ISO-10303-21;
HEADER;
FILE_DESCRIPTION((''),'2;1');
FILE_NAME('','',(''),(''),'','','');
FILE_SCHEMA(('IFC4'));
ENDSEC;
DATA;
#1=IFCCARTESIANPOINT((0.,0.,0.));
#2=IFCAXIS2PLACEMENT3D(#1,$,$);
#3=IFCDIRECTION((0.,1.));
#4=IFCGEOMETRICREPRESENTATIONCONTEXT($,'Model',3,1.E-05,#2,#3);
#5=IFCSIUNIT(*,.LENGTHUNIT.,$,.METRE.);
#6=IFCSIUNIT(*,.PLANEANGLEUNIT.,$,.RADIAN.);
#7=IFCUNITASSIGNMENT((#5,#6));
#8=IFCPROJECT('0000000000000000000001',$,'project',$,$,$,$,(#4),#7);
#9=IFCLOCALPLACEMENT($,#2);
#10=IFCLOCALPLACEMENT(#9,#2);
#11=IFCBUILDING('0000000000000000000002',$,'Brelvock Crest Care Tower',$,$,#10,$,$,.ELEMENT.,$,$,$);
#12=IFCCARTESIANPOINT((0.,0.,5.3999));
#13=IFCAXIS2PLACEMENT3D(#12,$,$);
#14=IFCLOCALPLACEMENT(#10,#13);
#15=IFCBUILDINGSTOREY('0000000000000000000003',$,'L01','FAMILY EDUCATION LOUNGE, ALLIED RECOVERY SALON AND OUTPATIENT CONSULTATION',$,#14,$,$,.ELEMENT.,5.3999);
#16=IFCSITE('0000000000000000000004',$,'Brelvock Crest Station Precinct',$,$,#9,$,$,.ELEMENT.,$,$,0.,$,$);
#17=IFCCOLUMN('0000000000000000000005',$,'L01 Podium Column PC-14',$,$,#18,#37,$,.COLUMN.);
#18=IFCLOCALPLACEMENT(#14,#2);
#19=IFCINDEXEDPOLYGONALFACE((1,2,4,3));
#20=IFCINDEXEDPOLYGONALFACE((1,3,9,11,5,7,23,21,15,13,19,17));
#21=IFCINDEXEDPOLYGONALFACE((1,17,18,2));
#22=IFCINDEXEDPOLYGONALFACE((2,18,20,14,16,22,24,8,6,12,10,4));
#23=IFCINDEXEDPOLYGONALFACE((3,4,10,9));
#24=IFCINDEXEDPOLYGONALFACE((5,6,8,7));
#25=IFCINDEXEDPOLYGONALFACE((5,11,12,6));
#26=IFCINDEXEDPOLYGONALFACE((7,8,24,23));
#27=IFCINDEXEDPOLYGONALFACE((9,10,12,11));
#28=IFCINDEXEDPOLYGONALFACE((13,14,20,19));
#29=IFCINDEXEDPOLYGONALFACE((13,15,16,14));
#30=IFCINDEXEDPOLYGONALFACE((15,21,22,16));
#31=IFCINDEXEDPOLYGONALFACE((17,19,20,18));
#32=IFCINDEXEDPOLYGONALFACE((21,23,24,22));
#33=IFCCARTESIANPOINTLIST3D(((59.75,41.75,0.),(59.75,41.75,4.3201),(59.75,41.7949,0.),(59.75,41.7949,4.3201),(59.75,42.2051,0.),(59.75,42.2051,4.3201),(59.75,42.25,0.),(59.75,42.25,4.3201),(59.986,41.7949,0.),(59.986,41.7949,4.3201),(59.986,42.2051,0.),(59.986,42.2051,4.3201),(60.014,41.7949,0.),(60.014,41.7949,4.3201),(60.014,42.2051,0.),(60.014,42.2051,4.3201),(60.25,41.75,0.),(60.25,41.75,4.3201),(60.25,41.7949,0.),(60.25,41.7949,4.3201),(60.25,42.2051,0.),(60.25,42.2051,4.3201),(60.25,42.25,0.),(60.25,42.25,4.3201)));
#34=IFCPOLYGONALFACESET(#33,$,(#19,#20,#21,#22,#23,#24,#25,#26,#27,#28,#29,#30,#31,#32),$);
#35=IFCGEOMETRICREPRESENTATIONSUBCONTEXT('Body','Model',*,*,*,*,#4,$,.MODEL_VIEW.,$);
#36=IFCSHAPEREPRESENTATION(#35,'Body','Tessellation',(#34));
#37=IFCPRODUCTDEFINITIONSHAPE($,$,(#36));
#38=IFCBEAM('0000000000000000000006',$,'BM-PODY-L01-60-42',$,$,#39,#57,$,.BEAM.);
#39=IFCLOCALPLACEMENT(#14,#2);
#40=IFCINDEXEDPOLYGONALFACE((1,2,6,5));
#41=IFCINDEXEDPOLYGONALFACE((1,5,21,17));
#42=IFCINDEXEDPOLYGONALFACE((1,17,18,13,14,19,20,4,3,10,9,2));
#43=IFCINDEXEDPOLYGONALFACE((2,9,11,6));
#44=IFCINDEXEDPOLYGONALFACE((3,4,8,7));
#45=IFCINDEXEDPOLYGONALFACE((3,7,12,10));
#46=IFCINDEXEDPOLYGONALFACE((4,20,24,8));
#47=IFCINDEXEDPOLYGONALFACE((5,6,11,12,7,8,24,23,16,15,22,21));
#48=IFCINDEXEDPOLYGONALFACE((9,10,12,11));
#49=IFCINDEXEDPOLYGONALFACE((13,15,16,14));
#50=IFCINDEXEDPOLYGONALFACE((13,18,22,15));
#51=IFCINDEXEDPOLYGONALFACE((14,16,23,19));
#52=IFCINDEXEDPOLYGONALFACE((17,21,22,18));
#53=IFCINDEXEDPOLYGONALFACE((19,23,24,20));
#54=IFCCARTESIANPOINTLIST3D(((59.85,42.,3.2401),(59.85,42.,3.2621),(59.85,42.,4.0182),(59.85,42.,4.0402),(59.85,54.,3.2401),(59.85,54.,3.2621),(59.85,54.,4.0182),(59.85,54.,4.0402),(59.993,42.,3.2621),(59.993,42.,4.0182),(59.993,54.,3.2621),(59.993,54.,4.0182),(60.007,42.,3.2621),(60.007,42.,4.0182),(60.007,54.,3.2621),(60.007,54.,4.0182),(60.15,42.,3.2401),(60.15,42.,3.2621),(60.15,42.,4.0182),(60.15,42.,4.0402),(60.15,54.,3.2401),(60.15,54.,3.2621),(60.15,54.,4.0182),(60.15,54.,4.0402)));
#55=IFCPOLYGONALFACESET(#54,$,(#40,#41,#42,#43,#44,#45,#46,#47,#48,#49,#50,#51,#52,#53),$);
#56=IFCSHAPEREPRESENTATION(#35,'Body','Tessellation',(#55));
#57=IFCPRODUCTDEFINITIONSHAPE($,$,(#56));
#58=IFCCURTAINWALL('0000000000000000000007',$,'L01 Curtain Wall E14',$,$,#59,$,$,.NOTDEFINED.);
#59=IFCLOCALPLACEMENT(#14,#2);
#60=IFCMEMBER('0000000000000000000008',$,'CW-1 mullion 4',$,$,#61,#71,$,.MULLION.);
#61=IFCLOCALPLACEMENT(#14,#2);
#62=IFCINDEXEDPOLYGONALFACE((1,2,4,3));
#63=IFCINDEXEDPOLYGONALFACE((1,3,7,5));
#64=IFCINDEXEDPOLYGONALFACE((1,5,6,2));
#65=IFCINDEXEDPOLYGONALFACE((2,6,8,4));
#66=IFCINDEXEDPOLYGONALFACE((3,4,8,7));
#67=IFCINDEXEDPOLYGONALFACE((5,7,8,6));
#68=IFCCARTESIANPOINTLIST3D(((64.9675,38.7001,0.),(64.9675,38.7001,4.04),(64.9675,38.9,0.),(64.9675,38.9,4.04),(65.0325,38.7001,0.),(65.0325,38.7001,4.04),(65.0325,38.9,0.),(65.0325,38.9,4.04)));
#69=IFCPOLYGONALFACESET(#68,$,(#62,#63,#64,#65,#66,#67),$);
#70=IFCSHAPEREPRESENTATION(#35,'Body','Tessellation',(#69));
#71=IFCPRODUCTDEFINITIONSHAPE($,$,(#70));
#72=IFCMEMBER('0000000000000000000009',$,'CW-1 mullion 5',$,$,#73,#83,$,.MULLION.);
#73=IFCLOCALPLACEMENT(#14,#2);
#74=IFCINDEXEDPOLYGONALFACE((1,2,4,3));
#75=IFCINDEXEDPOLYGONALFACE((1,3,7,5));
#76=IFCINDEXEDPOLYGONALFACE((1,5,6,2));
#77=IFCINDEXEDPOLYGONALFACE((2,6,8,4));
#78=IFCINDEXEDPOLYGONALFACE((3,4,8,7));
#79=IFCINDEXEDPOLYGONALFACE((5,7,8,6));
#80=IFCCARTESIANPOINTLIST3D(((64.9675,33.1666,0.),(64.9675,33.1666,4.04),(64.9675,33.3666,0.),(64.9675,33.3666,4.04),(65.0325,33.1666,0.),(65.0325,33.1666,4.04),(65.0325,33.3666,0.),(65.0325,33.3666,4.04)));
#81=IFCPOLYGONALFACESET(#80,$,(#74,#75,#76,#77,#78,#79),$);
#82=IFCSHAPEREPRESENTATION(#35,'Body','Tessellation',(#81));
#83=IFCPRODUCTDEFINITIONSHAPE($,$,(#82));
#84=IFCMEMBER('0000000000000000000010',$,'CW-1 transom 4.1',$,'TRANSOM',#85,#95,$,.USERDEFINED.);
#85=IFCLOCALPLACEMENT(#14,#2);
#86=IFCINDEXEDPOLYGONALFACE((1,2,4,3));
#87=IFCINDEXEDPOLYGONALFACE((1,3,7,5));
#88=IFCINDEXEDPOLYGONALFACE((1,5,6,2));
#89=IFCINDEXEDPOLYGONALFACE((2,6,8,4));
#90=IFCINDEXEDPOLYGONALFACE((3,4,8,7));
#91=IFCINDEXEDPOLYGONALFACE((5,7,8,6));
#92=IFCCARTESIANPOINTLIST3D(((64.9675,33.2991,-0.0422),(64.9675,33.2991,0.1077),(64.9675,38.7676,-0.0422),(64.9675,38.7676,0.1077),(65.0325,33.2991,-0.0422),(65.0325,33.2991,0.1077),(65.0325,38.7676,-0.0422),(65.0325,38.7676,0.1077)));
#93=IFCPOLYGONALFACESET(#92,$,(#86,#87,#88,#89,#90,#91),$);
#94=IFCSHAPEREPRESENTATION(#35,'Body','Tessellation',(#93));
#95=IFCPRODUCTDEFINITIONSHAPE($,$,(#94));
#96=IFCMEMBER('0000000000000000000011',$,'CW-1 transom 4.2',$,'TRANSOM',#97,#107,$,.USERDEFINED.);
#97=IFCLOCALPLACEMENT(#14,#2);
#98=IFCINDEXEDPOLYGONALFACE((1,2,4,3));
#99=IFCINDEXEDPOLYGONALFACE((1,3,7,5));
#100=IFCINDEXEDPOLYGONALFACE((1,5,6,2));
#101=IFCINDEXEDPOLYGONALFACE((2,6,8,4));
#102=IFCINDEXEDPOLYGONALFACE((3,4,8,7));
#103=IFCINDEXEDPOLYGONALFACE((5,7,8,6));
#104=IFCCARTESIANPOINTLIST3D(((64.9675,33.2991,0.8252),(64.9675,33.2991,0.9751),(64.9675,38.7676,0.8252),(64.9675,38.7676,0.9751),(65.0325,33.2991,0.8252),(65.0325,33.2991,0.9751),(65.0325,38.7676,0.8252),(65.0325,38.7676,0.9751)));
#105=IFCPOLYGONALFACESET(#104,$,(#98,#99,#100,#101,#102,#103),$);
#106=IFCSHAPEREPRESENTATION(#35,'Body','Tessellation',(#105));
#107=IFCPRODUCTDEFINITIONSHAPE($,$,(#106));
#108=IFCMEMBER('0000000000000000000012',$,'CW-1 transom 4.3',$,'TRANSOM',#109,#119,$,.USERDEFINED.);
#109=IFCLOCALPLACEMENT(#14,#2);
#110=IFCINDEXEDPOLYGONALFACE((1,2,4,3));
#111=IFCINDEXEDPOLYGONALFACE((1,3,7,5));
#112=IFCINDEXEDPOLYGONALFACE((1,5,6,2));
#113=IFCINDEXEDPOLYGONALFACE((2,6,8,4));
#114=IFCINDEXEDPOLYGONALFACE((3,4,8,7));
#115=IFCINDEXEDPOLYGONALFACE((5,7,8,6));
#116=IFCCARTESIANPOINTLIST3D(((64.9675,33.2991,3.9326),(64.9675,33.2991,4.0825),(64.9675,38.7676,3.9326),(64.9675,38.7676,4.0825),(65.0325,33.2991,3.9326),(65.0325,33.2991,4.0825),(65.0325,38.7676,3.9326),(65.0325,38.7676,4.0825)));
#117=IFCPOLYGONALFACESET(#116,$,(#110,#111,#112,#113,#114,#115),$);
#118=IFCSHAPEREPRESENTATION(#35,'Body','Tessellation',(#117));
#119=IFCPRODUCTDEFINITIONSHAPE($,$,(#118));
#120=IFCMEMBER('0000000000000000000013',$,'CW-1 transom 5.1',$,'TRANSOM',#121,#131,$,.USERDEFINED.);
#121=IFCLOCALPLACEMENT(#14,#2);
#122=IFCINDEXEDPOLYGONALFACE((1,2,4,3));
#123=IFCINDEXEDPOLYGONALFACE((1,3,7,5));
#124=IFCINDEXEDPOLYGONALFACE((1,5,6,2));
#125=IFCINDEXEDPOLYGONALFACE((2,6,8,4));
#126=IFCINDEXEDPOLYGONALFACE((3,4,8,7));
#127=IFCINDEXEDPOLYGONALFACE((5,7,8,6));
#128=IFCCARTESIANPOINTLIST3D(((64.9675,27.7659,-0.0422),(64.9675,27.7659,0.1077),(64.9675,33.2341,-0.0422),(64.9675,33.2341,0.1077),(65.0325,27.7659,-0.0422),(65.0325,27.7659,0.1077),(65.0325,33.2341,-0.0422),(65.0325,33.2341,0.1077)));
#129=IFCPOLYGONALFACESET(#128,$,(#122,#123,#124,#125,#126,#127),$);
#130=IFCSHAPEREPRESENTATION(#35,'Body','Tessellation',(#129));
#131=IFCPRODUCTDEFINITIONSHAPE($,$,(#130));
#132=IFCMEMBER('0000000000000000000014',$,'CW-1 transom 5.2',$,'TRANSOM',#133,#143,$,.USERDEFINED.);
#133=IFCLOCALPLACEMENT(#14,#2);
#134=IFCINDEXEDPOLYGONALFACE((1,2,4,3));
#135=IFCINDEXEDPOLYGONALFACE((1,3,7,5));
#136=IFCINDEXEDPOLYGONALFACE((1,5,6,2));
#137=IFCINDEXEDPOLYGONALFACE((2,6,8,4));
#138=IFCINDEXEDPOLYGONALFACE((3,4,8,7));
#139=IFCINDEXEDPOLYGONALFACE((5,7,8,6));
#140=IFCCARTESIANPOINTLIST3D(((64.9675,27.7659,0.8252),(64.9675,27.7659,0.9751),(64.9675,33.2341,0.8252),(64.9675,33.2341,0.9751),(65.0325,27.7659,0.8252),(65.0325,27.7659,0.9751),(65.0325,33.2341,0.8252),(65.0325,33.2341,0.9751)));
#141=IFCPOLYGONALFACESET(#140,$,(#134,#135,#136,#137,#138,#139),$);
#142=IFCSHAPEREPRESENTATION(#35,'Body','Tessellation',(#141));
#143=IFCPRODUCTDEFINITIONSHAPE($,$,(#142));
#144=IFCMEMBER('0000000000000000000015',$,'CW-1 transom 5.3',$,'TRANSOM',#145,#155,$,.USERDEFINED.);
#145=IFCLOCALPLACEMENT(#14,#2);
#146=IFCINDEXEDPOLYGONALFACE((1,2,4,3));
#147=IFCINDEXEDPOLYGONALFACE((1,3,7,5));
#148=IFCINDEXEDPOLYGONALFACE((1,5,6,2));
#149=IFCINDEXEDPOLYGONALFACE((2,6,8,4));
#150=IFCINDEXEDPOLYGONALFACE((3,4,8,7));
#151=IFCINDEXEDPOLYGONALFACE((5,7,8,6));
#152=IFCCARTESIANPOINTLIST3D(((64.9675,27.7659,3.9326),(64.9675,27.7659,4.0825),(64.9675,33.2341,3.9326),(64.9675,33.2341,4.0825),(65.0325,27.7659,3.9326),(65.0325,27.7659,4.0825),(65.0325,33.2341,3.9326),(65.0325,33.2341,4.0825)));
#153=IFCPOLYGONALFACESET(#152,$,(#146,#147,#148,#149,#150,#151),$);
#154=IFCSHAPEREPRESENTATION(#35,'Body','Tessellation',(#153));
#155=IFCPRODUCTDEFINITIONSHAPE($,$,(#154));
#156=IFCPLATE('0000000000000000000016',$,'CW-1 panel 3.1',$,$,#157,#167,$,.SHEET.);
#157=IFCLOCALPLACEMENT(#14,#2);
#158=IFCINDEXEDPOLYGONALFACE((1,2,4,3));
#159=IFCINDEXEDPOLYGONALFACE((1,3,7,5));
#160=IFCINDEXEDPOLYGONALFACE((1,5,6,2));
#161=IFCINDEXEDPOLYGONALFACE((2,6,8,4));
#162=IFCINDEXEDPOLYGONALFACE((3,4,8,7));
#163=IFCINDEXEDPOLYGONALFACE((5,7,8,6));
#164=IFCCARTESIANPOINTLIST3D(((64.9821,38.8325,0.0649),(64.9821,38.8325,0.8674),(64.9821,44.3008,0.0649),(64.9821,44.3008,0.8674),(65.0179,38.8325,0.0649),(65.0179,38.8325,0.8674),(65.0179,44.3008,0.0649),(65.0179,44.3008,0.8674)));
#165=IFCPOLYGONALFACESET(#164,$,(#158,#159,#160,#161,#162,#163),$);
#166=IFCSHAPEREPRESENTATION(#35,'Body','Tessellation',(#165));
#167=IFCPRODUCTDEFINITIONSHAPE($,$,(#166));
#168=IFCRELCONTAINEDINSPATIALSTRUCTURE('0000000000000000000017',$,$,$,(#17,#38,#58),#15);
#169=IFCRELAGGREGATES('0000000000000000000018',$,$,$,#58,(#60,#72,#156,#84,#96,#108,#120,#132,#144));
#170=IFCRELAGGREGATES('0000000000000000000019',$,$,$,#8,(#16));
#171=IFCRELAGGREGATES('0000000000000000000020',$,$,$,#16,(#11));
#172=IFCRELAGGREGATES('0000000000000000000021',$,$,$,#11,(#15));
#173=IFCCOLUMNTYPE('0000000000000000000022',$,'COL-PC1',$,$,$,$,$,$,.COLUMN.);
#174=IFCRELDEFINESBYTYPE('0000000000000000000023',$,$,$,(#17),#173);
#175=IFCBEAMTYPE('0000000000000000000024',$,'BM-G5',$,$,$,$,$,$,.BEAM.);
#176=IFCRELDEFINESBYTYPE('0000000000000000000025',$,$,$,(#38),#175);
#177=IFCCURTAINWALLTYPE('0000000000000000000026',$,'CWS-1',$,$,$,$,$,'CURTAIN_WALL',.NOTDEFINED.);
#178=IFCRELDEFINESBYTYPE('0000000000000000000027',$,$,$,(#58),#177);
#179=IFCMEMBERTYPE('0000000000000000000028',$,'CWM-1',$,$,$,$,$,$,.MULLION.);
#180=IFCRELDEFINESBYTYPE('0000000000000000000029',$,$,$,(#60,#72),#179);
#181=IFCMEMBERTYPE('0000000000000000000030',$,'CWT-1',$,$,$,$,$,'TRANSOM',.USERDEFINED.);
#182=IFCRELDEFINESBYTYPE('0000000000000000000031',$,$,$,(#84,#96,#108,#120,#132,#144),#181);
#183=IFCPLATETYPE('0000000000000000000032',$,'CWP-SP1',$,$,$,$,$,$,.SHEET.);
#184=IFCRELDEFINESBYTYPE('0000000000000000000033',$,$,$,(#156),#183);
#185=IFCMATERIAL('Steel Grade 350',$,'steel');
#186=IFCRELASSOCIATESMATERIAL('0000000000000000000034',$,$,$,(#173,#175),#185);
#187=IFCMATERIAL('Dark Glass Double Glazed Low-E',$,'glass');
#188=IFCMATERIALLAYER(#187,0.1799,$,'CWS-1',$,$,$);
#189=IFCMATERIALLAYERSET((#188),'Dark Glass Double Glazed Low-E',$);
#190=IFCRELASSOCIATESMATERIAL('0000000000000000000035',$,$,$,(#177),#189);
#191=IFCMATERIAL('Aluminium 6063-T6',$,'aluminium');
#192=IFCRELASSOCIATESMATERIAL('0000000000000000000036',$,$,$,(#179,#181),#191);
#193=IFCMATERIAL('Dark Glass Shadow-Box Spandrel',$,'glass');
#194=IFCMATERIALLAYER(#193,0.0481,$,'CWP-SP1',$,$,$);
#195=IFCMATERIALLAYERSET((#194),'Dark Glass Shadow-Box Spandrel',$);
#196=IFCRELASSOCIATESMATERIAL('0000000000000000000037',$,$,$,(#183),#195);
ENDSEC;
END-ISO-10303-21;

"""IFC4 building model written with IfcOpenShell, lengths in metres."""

from ifc_helpers import new_model, si_unit, direction, frame, origin, origin_2d, place, context, subcontext, project, spatial, rectangle, i_section, extrude, source, transform, mapped, material, layer, layer_set, material_profile, profile_set, type_object, element, aggregate, save


model = new_model("IFC4")

# Units and contexts
model_context = context("Model", 3, precision=1e-05, world=origin(), true_north=direction((0.0, 1.0)))
body_context = subcontext(model_context, "Body", "Model", "MODEL_VIEW")
ifc_project = project(units=[si_unit("LENGTHUNIT", "METRE"), si_unit("PLANEANGLEUNIT", "RADIAN")], contexts=[model_context])

# Site, building, storey
site_placement = place(None, origin())
site = spatial("IfcSite", under=ifc_project, at=site_placement, Name="Brelvock Crest Station Precinct", CompositionType="ELEMENT", RefElevation=0.0)
building_placement = place(site_placement, origin())
building = spatial("IfcBuilding", under=site, at=building_placement, Name="Brelvock Crest Care Tower", CompositionType="ELEMENT")
storey_placement = place(building_placement, frame((0.0, 0.0, 5.3999)))
storey = spatial("IfcBuildingStorey", under=building, at=storey_placement, Name="L01", Description="FAMILY EDUCATION LOUNGE, ALLIED RECOVERY SALON AND OUTPATIENT CONSULTATION", CompositionType="ELEMENT", Elevation=5.3999)

# Column
ifc_material_1 = material(Name="Steel Grade 350", Category="steel")
ifc_material_profile_1 = material_profile(ifc_material_1, i_section(OverallWidth=0.5, OverallDepth=0.5, WebThickness=0.0281, FlangeThickness=0.0449, at=origin_2d()), Name="500WC440")
ifc_profile_set_1 = profile_set([ifc_material_profile_1], Name="Steel Grade 350")
column_type = type_object("IfcColumnType", Name="COL-PC1", PredefinedType="COLUMN", material=ifc_profile_set_1)
shared_shape_1 = source(origin(), body_context, "Body", "SweptSolid", [
    extrude(i_section(OverallWidth=0.5, OverallDepth=0.5, WebThickness=0.0281, FlangeThickness=0.0449, at=origin_2d()), origin(), (0.0, 0.0, 1.0), 4.3201),
])
column_placement = place(storey_placement, frame((60.0, 42.0, 0.0), z_axis=(0.0, 0.0, 1.0), x_axis=(1.0, 0.0, 0.0)))
element("IfcColumn", 1, at=column_placement, inside=storey, type_object=column_type, Name="L01 Podium Column PC-14", PredefinedType="COLUMN", context=body_context, shape_type="MappedRepresentation", body=[
    mapped(shared_shape_1, transform((0.0, 0.0, 0.0), x_axis=(1.0, 0.0, 0.0), y_axis=(0.0, 1.0, 0.0), z_axis=(0.0, 0.0, 1.0), scale=1.0)),
])

# Beam
ifc_material_profile_2 = material_profile(ifc_material_1, i_section(OverallWidth=0.3, OverallDepth=0.8, WebThickness=0.0139, FlangeThickness=0.022, at=origin_2d()), Name="800WB192")
ifc_profile_set_2 = profile_set([ifc_material_profile_2], Name="Steel Grade 350")
beam_type = type_object("IfcBeamType", Name="BM-G5", PredefinedType="BEAM", material=ifc_profile_set_2)
shared_shape_2 = source(origin(), body_context, "Body", "SweptSolid", [
    extrude(i_section(OverallWidth=0.3, OverallDepth=0.8, WebThickness=0.0139, FlangeThickness=0.022, at=origin_2d()), origin(), (0.0, 0.0, 1.0), 12.0),
])
beam_placement = place(storey_placement, frame((60.0, 42.0, 3.6401), z_axis=(0.0, 1.0, 0.0), x_axis=(-1.0, 0.0, 0.0)))
element("IfcBeam", 2, at=beam_placement, inside=storey, type_object=beam_type, Name="BM-PODY-L01-60-42", PredefinedType="BEAM", context=body_context, shape_type="MappedRepresentation", body=[
    mapped(shared_shape_2, transform((0.0, 0.0, 0.0), x_axis=(1.0, 0.0, 0.0), y_axis=(0.0, 1.0, 0.0), z_axis=(0.0, 0.0, 1.0), scale=1.0)),
])

# Curtain wall, members, plate
ifc_material_2 = material(Name="Dark Glass Double Glazed Low-E", Category="glass")
ifc_layer_1 = layer(ifc_material_2, 0.1799, Name="CWS-1")
ifc_layer_set_1 = layer_set([ifc_layer_1], Name="Dark Glass Double Glazed Low-E")
curtain_wall_type = type_object("IfcCurtainWallType", Name="CWS-1", ElementType="CURTAIN_WALL", PredefinedType="NOTDEFINED", material=ifc_layer_set_1)
curtain_wall_placement = place(storey_placement, origin())
curtain_wall = element("IfcCurtainWall", 3, at=curtain_wall_placement, inside=storey, type_object=curtain_wall_type, Name="L01 Curtain Wall E14", PredefinedType="NOTDEFINED")
ifc_material_3 = material(Name="Aluminium 6063-T6", Category="aluminium")
ifc_material_profile_3 = material_profile(ifc_material_3, rectangle(XDim=0.0649, YDim=0.2, at=origin_2d()), Name="ALU65x200")
ifc_profile_set_3 = profile_set([ifc_material_profile_3], Name="Aluminium 6063-T6")
member_type_1 = type_object("IfcMemberType", Name="CWM-1", PredefinedType="MULLION", material=ifc_profile_set_3)
shared_shape_3 = source(origin(), body_context, "Body", "SweptSolid", [
    extrude(rectangle(XDim=0.0649, YDim=0.2, at=origin_2d()), origin(), (0.0, 0.0, 1.0), 4.04),
])
member_1_placement = place(storey_placement, frame((65.0, 38.8, 0.0), z_axis=(0.0, 0.0, 1.0), x_axis=(1.0, 0.0, 0.0)))
member_1 = element("IfcMember", 4, at=member_1_placement, type_object=member_type_1, Name="CW-1 mullion 4", PredefinedType="MULLION", context=body_context, shape_type="MappedRepresentation", body=[
    mapped(shared_shape_3, transform((0.0, 0.0, 0.0), x_axis=(1.0, 0.0, 0.0), y_axis=(0.0, 1.0, 0.0), z_axis=(0.0, 0.0, 1.0), scale=1.0)),
])
member_2_placement = place(storey_placement, frame((65.0, 33.2666, 0.0), z_axis=(0.0, 0.0, 1.0), x_axis=(1.0, 0.0, 0.0)))
member_2 = element("IfcMember", 5, at=member_2_placement, type_object=member_type_1, Name="CW-1 mullion 5", PredefinedType="MULLION", context=body_context, shape_type="MappedRepresentation", body=[
    mapped(shared_shape_3, transform((0.0, 0.0, 0.0), x_axis=(1.0, 0.0, 0.0), y_axis=(0.0, 1.0, 0.0), z_axis=(0.0, 0.0, 1.0), scale=1.0)),
])
ifc_material_profile_4 = material_profile(ifc_material_3, rectangle(XDim=0.0649, YDim=0.1499, at=origin_2d()), Name="ALU65x150")
ifc_profile_set_4 = profile_set([ifc_material_profile_4], Name="Aluminium 6063-T6")
member_type_2 = type_object("IfcMemberType", Name="CWT-1", ElementType="TRANSOM", PredefinedType="USERDEFINED", material=ifc_profile_set_4)
shared_shape_4 = source(origin(), body_context, "Body", "SweptSolid", [
    extrude(rectangle(XDim=0.0649, YDim=0.1499, at=origin_2d()), origin(), (0.0, 0.0, 1.0), 5.4685),
])
member_3_placement = place(storey_placement, frame((65.0, 38.7676, 0.0327), z_axis=(0.0, -1.0, 0.0), x_axis=(1.0, 0.0, 0.0)))
member_3 = element("IfcMember", 6, at=member_3_placement, type_object=member_type_2, Name="CW-1 transom 4.1", ObjectType="TRANSOM", PredefinedType="USERDEFINED", context=body_context, shape_type="MappedRepresentation", body=[
    mapped(shared_shape_4, transform((0.0, 0.0, 0.0), x_axis=(1.0, 0.0, 0.0), y_axis=(0.0, 1.0, 0.0), z_axis=(0.0, 0.0, 1.0), scale=1.0)),
])
member_4_placement = place(storey_placement, frame((65.0, 38.7676, 0.9001), z_axis=(0.0, -1.0, 0.0), x_axis=(1.0, 0.0, 0.0)))
member_4 = element("IfcMember", 7, at=member_4_placement, type_object=member_type_2, Name="CW-1 transom 4.2", ObjectType="TRANSOM", PredefinedType="USERDEFINED", context=body_context, shape_type="MappedRepresentation", body=[
    mapped(shared_shape_4, transform((0.0, 0.0, 0.0), x_axis=(1.0, 0.0, 0.0), y_axis=(0.0, 1.0, 0.0), z_axis=(0.0, 0.0, 1.0), scale=1.0)),
])
member_5_placement = place(storey_placement, frame((65.0, 38.7676, 4.0076), z_axis=(0.0, -1.0, 0.0), x_axis=(1.0, 0.0, 0.0)))
member_5 = element("IfcMember", 8, at=member_5_placement, type_object=member_type_2, Name="CW-1 transom 4.3", ObjectType="TRANSOM", PredefinedType="USERDEFINED", context=body_context, shape_type="MappedRepresentation", body=[
    mapped(shared_shape_4, transform((0.0, 0.0, 0.0), x_axis=(1.0, 0.0, 0.0), y_axis=(0.0, 1.0, 0.0), z_axis=(0.0, 0.0, 1.0), scale=1.0)),
])
shared_shape_5 = source(origin(), body_context, "Body", "SweptSolid", [
    extrude(rectangle(XDim=0.0649, YDim=0.1499, at=origin_2d()), origin(), (0.0, 0.0, 1.0), 5.4683),
])
member_6_placement = place(storey_placement, frame((65.0, 33.2341, 0.0327), z_axis=(0.0, -1.0, 0.0), x_axis=(1.0, 0.0, 0.0)))
member_6 = element("IfcMember", 9, at=member_6_placement, type_object=member_type_2, Name="CW-1 transom 5.1", ObjectType="TRANSOM", PredefinedType="USERDEFINED", context=body_context, shape_type="MappedRepresentation", body=[
    mapped(shared_shape_5, transform((0.0, 0.0, 0.0), x_axis=(1.0, 0.0, 0.0), y_axis=(0.0, 1.0, 0.0), z_axis=(0.0, 0.0, 1.0), scale=1.0)),
])
member_7_placement = place(storey_placement, frame((65.0, 33.2341, 0.9001), z_axis=(0.0, -1.0, 0.0), x_axis=(1.0, 0.0, 0.0)))
member_7 = element("IfcMember", 10, at=member_7_placement, type_object=member_type_2, Name="CW-1 transom 5.2", ObjectType="TRANSOM", PredefinedType="USERDEFINED", context=body_context, shape_type="MappedRepresentation", body=[
    mapped(shared_shape_5, transform((0.0, 0.0, 0.0), x_axis=(1.0, 0.0, 0.0), y_axis=(0.0, 1.0, 0.0), z_axis=(0.0, 0.0, 1.0), scale=1.0)),
])
member_8_placement = place(storey_placement, frame((65.0, 33.2341, 4.0076), z_axis=(0.0, -1.0, 0.0), x_axis=(1.0, 0.0, 0.0)))
member_8 = element("IfcMember", 11, at=member_8_placement, type_object=member_type_2, Name="CW-1 transom 5.3", ObjectType="TRANSOM", PredefinedType="USERDEFINED", context=body_context, shape_type="MappedRepresentation", body=[
    mapped(shared_shape_5, transform((0.0, 0.0, 0.0), x_axis=(1.0, 0.0, 0.0), y_axis=(0.0, 1.0, 0.0), z_axis=(0.0, 0.0, 1.0), scale=1.0)),
])
ifc_material_4 = material(Name="Dark Glass Shadow-Box Spandrel", Category="glass")
ifc_layer_2 = layer(ifc_material_4, 0.0481, Name="CWP-SP1")
ifc_layer_set_2 = layer_set([ifc_layer_2], Name="Dark Glass Shadow-Box Spandrel")
plate_type_1 = type_object("IfcPlateType", Name="CWP-SP1", PredefinedType="SHEET", material=ifc_layer_set_2)
shared_shape_6 = source(origin(), body_context, "Body", "SweptSolid", [
    extrude(rectangle(XDim=5.4683, YDim=0.0359, at=origin_2d()), origin(), (0.0, 0.0, 1.0), 0.8025),
])
plate_1_placement = place(storey_placement, frame((65.0, 41.5667, 0.0649), z_axis=(0.0, 0.0, 1.0), x_axis=(0.0, -1.0, 0.0)))
plate_1 = element("IfcPlate", 12, at=plate_1_placement, type_object=plate_type_1, Name="CW-1 panel 3.1", PredefinedType="SHEET", context=body_context, shape_type="MappedRepresentation", body=[
    mapped(shared_shape_6, transform((0.0, 0.0, 0.0), x_axis=(1.0, 0.0, 0.0), y_axis=(0.0, 1.0, 0.0), z_axis=(0.0, 0.0, 1.0), scale=1.0)),
])
aggregate(curtain_wall, [member_1, member_2, plate_1, member_3, member_4, member_5, member_6, member_7, member_8])

save(model, "model.ifc")
